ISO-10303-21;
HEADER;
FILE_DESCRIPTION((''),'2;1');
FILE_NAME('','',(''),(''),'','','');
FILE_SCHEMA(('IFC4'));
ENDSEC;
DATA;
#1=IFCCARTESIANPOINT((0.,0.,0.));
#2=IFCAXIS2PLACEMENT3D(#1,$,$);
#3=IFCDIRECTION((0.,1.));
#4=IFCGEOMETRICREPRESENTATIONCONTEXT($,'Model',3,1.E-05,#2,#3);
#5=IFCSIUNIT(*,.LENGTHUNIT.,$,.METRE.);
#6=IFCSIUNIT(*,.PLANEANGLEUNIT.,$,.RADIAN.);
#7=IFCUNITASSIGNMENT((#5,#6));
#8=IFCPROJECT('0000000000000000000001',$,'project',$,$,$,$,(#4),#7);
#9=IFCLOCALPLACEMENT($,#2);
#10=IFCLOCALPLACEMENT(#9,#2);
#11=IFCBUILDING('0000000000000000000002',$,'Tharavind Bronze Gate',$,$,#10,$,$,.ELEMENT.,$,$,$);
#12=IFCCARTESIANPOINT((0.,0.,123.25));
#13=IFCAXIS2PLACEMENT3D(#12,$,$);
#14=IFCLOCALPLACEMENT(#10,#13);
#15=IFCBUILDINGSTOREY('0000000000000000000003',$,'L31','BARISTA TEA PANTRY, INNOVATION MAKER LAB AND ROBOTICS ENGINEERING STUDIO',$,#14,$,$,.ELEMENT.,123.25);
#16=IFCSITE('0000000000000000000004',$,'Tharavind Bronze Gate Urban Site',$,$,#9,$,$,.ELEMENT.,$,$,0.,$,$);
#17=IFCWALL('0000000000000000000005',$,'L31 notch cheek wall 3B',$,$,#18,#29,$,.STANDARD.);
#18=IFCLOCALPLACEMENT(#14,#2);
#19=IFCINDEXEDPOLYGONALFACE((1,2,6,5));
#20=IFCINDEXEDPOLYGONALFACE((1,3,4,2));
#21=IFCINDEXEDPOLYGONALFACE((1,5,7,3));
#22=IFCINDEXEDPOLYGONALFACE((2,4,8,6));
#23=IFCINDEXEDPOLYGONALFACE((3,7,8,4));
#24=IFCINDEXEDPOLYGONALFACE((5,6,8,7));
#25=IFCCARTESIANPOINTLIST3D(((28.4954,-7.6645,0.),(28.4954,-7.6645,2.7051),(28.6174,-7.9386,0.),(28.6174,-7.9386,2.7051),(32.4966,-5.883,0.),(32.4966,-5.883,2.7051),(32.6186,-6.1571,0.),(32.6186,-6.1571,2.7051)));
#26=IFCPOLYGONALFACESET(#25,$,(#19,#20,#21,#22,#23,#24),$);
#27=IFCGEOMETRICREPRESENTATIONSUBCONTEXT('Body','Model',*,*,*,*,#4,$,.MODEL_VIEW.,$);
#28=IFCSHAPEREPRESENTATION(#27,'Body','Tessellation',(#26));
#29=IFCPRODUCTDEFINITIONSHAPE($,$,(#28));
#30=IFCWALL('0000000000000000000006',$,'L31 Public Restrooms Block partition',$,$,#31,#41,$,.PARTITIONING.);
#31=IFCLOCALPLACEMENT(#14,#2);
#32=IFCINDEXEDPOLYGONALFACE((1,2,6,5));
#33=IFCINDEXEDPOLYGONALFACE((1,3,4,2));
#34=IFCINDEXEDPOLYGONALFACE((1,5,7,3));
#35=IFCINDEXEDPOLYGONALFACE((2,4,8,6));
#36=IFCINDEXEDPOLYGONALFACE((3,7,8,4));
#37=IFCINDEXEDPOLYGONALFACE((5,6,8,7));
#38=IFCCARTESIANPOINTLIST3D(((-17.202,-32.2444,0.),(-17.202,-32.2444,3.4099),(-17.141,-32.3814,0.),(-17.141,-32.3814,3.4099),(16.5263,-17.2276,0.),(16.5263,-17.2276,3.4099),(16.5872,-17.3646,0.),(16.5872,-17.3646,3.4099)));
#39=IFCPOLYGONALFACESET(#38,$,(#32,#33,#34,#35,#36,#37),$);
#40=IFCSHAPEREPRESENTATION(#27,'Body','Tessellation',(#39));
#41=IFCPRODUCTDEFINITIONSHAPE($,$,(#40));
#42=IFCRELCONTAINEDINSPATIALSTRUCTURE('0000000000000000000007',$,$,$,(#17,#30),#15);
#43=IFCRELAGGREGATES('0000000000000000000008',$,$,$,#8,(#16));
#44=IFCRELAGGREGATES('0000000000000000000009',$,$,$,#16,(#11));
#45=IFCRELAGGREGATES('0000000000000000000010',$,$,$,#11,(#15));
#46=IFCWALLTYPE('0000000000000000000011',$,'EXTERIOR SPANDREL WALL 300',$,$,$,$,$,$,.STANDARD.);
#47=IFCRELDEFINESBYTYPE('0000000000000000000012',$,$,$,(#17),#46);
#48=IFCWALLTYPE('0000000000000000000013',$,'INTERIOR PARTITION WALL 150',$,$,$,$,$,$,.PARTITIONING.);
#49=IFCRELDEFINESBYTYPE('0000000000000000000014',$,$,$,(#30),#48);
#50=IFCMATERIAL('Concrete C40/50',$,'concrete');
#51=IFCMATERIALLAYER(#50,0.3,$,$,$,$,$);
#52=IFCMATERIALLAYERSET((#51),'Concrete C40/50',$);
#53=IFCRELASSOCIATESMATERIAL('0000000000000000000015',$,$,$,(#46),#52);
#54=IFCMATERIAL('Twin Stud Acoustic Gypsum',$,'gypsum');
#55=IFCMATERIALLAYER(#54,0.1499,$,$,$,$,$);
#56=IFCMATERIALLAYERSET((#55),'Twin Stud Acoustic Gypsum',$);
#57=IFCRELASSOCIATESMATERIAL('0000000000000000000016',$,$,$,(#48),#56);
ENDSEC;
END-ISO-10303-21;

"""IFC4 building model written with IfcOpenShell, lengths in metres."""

from ifc_helpers import new_model, si_unit, direction, frame, frame_2d, origin, place, context, subcontext, project, spatial, rectangle, extrude, material, layer, layer_set, type_object, element, save


model = new_model("IFC4")

# Units and contexts
model_context = context("Model", 3, precision=1e-05, world=origin(), true_north=direction((0.0, 1.0)))
body_context = subcontext(model_context, "Body", "Model", "MODEL_VIEW")
ifc_project = project(units=[si_unit("LENGTHUNIT", "METRE"), si_unit("PLANEANGLEUNIT", "RADIAN")], contexts=[model_context])

# Site, building, storey
site_placement = place(None, origin())
site = spatial("IfcSite", under=ifc_project, at=site_placement, Name="Tharavind Bronze Gate Urban Site", CompositionType="ELEMENT", RefElevation=0.0)
building_placement = place(site_placement, origin())
building = spatial("IfcBuilding", under=site, at=building_placement, Name="Tharavind Bronze Gate", CompositionType="ELEMENT")
storey_placement = place(building_placement, frame((0.0, 0.0, 123.25)))
storey = spatial("IfcBuildingStorey", under=building, at=storey_placement, Name="L31", Description="BARISTA TEA PANTRY, INNOVATION MAKER LAB AND ROBOTICS ENGINEERING STUDIO", CompositionType="ELEMENT", Elevation=123.25)

# Walls
ifc_material_1 = material(Name="Concrete C40/50", Category="concrete")
ifc_layer_1 = layer(ifc_material_1, 0.3)
ifc_layer_set_1 = layer_set([ifc_layer_1], Name="Concrete C40/50")
wall_type_1 = type_object("IfcWallType", Name="EXTERIOR SPANDREL WALL 300", PredefinedType="STANDARD", material=ifc_layer_set_1)
for number, where, z_axis, x_axis, name in (
    (1, (28.5564, -7.8015, 0.0), (0.0, 0.0, 1.0), (0.913542, 0.406743, 0.0), "L31 notch cheek wall 3B"),
):
    element("IfcWall", number, at=place(storey_placement, frame(where, z_axis=z_axis, x_axis=x_axis)), inside=storey, type_object=wall_type_1, Name=name, PredefinedType="STANDARD", context=body_context, shape_type="SweptSolid", body=[
        extrude(rectangle(XDim=4.3799, YDim=0.3, at=frame_2d((2.1899, 0.0))), origin(), (0.0, 0.0, 1.0), 2.7051),
    ])
ifc_material_2 = material(Name="Twin Stud Acoustic Gypsum", Category="gypsum")
ifc_layer_2 = layer(ifc_material_2, 0.1499)
ifc_layer_set_2 = layer_set([ifc_layer_2], Name="Twin Stud Acoustic Gypsum")
wall_type_2 = type_object("IfcWallType", Name="INTERIOR PARTITION WALL 150", PredefinedType="PARTITIONING", material=ifc_layer_set_2)
wall_placement = place(storey_placement, frame((16.5566, -17.2961, 0.0), z_axis=(0.0, 0.0, 1.0), x_axis=(-0.913545, -0.406738, 0.0)))
element("IfcWall", 2, at=wall_placement, inside=storey, type_object=wall_type_2, Name="L31 Public Restrooms Block partition", PredefinedType="PARTITIONING", context=body_context, shape_type="SweptSolid", body=[
    extrude(rectangle(XDim=36.9202, YDim=0.1499, at=frame_2d((18.46, 0.0))), origin(), (0.0, 0.0, 1.0), 3.4099),
])

save(model, "model.ifc")
